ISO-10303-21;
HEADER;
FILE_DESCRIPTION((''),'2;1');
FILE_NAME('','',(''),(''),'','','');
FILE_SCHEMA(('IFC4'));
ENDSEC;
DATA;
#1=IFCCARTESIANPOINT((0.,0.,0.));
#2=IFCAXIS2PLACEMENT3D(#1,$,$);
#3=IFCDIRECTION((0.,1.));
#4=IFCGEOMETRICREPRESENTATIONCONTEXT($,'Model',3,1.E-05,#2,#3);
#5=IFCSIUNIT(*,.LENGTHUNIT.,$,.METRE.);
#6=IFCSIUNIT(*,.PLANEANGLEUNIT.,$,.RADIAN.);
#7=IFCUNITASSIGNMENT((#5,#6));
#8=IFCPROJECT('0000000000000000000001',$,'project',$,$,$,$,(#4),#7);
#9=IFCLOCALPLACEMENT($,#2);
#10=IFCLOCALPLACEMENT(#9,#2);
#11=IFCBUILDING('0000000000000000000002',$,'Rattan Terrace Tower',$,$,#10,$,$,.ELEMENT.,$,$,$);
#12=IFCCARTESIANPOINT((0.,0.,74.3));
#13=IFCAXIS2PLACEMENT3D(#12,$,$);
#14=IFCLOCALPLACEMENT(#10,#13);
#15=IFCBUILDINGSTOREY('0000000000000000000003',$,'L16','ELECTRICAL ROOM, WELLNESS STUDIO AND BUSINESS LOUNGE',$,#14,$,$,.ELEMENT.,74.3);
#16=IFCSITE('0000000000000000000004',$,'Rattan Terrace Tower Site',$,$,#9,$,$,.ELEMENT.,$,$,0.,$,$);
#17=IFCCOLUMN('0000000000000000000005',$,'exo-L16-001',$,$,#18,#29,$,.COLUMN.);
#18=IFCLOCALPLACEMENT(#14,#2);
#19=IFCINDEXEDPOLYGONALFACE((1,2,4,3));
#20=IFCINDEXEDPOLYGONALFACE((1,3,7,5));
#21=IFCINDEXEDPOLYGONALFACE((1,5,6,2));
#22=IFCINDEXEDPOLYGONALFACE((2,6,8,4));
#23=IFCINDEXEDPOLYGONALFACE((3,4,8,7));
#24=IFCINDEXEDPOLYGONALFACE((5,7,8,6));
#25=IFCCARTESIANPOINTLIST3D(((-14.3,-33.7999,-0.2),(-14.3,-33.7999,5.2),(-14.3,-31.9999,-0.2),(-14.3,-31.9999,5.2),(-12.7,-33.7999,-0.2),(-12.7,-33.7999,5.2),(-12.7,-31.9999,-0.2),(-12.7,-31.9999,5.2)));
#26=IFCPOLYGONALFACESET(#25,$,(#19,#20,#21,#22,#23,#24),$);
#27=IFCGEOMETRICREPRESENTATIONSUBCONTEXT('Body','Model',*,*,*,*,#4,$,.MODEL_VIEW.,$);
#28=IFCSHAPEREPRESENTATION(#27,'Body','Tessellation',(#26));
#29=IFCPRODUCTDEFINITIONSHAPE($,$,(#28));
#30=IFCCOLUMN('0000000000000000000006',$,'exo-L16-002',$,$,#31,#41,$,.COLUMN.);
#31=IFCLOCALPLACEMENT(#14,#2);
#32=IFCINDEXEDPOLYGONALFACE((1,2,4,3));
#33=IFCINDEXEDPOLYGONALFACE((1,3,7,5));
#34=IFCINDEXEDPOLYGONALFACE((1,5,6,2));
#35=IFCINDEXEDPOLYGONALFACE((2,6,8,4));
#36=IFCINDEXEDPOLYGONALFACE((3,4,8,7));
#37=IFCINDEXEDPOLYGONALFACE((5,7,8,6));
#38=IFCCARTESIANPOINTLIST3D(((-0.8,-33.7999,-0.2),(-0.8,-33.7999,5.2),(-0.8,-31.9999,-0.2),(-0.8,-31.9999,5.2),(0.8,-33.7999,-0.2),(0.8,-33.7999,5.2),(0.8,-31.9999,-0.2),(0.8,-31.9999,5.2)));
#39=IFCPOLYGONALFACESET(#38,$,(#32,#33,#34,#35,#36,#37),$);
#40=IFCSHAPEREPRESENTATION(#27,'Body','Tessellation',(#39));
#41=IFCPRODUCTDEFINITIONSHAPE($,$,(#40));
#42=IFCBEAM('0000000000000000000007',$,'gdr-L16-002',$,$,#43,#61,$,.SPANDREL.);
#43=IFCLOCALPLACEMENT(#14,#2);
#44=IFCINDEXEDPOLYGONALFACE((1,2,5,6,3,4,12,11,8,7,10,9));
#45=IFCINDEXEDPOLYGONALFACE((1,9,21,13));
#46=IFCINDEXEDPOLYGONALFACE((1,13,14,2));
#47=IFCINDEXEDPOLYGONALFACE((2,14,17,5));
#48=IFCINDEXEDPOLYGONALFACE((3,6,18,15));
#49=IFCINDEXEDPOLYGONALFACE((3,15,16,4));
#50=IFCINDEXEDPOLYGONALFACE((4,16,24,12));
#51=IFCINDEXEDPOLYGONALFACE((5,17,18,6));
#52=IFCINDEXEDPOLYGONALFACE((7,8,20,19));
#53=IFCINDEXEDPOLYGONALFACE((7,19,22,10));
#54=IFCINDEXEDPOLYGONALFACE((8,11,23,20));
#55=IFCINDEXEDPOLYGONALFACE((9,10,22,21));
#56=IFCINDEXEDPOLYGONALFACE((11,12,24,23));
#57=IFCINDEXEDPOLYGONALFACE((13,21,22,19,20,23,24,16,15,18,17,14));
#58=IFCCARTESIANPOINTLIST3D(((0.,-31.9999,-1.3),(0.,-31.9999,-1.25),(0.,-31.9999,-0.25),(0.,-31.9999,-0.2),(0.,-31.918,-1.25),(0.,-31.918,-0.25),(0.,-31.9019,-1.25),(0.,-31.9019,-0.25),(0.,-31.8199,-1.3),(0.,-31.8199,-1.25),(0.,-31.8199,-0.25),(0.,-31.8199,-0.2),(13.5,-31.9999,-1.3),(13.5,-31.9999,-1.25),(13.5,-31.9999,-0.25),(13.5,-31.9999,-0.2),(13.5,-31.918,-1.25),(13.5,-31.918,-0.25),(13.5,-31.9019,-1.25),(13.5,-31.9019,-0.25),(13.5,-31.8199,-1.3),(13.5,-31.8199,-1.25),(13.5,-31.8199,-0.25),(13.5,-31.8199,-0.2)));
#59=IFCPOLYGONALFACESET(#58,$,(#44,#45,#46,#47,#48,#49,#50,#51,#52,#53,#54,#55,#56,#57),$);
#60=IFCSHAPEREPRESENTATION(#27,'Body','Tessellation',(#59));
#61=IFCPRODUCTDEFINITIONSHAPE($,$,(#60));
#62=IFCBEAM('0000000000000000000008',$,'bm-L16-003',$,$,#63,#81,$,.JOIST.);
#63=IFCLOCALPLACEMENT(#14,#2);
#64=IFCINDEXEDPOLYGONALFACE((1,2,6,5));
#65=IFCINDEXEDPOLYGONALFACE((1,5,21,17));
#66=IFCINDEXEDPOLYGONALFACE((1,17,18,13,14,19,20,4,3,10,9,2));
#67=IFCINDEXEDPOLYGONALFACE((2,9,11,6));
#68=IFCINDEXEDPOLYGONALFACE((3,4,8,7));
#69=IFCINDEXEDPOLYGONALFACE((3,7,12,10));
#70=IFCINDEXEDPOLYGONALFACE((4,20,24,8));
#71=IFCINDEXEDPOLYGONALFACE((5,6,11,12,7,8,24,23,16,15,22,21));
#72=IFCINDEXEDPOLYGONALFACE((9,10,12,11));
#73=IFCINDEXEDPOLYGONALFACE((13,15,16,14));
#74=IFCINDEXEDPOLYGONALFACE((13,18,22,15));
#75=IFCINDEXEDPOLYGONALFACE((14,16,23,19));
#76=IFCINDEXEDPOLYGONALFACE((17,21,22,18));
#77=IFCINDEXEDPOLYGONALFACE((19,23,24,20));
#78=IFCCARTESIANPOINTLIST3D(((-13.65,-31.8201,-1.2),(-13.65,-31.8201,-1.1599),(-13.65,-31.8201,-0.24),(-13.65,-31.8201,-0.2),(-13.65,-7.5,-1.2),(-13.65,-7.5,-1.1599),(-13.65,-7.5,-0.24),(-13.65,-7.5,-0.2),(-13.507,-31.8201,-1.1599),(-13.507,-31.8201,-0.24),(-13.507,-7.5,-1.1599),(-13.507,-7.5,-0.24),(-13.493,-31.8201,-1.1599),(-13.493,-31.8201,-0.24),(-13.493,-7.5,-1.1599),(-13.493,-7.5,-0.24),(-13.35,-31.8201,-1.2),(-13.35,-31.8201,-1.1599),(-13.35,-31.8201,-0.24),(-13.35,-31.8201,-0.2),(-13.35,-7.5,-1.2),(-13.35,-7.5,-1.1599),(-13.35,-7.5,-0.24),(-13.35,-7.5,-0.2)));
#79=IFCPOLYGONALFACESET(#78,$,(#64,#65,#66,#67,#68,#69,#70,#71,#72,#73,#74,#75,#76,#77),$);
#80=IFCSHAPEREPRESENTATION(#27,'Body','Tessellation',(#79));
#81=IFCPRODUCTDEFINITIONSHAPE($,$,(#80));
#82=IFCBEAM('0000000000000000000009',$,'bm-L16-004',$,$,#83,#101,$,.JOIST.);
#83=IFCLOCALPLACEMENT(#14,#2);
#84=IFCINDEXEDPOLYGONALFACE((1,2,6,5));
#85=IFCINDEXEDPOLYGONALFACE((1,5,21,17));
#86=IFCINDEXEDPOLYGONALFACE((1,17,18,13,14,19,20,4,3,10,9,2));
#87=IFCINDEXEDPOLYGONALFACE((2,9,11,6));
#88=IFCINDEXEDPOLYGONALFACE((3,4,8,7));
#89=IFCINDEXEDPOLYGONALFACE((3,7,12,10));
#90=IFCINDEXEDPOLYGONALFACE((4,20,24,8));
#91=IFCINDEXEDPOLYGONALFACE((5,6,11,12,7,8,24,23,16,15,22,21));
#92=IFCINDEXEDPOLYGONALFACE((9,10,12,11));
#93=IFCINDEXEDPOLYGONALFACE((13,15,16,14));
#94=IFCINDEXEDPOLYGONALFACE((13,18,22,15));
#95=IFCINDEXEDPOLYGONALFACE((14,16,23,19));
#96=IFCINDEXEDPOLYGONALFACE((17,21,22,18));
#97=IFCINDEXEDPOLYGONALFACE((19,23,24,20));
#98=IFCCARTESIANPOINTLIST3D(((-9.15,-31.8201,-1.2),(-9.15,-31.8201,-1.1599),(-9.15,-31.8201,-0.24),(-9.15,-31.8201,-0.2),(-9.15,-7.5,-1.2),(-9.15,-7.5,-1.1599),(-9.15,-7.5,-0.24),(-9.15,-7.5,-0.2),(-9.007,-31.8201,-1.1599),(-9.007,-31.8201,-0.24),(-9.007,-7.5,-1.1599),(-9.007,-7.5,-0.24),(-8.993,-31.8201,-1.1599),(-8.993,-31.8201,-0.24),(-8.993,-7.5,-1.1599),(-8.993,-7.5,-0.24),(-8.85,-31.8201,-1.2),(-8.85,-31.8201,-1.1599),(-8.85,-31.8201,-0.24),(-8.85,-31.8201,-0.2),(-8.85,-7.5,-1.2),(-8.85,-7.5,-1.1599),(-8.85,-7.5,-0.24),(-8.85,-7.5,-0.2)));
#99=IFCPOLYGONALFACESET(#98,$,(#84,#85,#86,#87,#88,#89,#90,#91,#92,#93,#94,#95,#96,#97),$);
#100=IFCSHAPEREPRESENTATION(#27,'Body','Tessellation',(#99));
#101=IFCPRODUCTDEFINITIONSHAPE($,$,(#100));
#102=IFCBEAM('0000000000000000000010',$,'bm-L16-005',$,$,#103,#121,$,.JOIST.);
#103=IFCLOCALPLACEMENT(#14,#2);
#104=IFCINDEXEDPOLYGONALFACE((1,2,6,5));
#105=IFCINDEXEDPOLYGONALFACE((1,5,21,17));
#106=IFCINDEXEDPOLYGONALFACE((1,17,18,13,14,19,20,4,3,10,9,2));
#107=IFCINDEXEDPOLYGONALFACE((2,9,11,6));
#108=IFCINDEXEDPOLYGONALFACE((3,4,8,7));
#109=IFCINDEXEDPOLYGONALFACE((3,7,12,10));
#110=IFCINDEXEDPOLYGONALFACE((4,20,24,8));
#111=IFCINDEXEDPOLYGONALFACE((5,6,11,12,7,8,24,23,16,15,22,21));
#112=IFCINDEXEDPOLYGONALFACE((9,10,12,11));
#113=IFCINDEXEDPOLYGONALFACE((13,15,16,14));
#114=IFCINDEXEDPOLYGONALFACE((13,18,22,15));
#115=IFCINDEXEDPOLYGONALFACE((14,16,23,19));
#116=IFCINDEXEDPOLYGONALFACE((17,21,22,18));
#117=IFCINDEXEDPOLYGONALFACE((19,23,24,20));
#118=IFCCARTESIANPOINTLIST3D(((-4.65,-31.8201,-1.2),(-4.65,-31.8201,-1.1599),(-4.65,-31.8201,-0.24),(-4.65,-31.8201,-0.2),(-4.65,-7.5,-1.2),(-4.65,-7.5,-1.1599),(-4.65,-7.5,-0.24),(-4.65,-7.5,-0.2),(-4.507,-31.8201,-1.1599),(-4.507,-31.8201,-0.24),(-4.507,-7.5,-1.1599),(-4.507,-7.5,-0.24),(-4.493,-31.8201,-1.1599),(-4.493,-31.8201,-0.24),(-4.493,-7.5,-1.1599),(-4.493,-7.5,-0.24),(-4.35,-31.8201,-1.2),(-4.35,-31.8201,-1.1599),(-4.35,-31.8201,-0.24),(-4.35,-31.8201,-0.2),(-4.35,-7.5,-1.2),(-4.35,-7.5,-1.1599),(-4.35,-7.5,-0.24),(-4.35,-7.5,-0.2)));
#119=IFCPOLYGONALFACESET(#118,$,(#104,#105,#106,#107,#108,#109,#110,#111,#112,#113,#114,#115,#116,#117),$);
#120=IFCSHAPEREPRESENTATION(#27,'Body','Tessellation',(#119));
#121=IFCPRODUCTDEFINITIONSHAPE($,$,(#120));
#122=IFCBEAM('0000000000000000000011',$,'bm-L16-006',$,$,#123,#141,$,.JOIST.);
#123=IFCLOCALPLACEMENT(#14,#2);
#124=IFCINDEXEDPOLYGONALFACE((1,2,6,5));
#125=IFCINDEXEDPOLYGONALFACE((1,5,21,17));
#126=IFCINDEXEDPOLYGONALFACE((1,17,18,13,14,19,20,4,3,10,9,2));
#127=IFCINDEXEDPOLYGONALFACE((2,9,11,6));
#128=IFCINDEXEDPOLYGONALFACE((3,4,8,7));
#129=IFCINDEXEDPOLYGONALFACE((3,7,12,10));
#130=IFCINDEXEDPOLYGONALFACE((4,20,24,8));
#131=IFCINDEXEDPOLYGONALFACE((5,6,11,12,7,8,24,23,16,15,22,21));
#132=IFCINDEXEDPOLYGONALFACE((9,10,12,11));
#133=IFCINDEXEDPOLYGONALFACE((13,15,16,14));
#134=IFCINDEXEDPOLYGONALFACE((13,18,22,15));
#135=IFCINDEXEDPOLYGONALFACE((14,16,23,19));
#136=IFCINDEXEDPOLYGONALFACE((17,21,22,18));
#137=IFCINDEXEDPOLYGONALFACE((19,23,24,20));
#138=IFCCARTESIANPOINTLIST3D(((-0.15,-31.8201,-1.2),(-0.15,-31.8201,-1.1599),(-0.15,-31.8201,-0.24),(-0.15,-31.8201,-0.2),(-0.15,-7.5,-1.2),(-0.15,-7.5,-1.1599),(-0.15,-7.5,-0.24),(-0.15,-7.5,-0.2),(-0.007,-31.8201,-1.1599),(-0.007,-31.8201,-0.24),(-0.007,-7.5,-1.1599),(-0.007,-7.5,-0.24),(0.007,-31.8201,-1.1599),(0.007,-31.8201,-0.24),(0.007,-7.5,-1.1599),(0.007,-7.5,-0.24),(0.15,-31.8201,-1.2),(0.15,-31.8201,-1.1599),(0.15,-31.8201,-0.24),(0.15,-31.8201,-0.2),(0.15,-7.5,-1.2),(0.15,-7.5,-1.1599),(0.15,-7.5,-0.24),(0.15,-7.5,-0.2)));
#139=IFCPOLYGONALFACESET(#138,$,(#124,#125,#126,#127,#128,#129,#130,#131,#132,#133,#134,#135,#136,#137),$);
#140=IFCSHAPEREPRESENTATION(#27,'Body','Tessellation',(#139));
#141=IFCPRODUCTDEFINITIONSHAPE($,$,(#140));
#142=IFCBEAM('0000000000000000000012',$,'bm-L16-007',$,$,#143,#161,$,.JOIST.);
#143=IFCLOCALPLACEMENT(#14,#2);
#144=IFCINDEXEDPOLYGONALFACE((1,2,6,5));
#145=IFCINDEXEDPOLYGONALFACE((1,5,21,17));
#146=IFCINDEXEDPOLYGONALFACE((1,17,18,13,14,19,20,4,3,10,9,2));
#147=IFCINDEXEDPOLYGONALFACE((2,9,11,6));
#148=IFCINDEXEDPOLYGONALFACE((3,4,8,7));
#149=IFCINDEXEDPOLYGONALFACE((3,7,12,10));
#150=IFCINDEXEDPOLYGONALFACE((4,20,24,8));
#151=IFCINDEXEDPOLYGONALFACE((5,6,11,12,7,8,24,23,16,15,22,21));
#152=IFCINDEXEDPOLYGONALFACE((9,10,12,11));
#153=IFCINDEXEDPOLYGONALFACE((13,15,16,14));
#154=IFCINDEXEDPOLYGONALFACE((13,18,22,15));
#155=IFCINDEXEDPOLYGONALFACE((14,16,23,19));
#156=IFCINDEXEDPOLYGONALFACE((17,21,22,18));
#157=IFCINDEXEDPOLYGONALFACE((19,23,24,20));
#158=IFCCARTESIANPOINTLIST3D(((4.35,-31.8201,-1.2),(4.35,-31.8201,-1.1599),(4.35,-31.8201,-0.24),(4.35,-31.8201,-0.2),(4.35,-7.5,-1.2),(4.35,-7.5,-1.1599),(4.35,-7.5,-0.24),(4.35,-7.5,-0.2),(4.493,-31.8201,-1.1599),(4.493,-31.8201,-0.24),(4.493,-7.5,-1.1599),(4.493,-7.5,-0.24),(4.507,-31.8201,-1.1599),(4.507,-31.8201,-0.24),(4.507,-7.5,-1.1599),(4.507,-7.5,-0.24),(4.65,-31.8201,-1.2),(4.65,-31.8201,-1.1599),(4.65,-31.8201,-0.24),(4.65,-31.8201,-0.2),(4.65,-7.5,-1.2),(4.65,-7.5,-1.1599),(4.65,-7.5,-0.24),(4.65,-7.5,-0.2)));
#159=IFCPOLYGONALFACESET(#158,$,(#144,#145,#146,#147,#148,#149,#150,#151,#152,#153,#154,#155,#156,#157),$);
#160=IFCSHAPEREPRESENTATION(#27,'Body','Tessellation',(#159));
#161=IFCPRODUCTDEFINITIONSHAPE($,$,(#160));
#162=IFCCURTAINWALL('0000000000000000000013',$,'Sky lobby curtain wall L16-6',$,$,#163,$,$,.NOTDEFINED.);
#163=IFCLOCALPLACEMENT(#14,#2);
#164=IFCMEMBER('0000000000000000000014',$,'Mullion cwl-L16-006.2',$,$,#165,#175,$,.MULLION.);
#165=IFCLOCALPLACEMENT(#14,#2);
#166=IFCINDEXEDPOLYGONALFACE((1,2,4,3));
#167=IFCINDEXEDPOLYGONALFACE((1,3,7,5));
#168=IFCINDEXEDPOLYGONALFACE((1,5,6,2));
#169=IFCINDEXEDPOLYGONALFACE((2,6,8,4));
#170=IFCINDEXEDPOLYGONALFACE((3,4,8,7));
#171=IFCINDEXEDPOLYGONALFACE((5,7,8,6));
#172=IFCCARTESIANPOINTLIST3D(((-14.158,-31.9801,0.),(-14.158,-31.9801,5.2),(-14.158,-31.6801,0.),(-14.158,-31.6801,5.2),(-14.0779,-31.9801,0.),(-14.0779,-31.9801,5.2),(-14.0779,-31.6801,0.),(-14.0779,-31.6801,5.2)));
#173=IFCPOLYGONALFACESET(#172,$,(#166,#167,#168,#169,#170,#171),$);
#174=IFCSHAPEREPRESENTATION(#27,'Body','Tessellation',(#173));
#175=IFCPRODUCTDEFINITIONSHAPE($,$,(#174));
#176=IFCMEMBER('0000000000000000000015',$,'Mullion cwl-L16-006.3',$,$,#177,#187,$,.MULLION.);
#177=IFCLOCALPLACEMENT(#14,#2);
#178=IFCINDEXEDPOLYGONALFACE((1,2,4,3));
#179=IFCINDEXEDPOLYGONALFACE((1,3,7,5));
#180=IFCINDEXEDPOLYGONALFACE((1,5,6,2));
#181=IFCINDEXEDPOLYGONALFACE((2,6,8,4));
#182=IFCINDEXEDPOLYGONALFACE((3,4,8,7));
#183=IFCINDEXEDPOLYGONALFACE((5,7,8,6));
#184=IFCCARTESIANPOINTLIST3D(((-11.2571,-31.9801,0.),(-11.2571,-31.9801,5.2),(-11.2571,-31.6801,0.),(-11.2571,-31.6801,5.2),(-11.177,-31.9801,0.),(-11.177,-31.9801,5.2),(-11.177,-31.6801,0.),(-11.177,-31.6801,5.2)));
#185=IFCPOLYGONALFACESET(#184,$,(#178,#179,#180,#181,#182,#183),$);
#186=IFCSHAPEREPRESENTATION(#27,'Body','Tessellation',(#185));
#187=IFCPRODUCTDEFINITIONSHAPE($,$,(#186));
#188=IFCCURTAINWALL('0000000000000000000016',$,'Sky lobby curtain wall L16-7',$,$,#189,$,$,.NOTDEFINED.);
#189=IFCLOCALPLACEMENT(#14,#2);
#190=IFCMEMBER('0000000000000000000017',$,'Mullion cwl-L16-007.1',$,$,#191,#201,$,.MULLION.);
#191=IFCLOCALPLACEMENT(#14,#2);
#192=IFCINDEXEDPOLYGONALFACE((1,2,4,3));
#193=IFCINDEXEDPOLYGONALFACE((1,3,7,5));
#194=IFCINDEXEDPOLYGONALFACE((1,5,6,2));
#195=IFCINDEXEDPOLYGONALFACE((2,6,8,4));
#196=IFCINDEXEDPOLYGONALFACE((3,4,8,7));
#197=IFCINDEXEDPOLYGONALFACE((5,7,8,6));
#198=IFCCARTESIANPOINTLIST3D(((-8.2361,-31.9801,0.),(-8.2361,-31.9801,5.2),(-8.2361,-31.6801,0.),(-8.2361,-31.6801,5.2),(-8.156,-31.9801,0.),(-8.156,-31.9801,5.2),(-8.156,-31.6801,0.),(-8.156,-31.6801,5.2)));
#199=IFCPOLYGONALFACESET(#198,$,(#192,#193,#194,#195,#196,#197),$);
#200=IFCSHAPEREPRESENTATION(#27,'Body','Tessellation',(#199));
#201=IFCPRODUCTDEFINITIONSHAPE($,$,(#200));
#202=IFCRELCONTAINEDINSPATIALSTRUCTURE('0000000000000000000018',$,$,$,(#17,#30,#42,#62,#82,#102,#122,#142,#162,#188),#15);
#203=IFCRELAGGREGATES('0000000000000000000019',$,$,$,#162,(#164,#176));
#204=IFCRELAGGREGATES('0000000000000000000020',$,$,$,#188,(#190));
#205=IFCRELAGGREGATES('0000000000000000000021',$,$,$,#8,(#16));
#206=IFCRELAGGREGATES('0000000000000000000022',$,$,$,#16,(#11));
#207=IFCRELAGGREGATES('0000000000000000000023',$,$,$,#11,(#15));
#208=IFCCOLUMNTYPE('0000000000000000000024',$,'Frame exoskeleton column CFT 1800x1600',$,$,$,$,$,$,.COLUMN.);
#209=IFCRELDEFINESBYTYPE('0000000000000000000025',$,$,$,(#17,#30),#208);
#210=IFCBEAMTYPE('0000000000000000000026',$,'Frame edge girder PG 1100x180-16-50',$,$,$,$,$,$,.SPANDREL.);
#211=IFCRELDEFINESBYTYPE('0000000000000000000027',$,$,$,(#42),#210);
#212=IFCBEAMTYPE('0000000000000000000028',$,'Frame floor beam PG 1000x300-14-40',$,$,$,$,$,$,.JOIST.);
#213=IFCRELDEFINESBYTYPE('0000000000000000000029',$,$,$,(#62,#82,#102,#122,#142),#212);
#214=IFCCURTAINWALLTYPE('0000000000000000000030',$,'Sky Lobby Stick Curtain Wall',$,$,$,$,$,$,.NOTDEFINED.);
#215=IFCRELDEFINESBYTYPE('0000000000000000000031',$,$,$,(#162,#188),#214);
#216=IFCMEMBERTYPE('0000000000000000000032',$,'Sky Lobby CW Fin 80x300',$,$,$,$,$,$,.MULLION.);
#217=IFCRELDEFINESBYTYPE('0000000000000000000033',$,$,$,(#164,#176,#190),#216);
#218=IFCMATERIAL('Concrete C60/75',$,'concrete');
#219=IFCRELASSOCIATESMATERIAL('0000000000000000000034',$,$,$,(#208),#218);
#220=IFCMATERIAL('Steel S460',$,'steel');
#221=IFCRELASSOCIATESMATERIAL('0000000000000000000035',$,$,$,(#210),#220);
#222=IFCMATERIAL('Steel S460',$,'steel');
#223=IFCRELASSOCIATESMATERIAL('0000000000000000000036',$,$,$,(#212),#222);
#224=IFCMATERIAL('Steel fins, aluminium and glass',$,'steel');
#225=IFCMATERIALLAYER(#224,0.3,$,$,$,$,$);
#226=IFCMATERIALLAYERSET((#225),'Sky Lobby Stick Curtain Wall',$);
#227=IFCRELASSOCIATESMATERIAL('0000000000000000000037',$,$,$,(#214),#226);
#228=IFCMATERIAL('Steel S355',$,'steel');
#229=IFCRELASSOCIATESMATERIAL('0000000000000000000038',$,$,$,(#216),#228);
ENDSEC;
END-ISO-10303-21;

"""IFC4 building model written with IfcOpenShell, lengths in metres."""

from ifc_helpers import new_model, si_unit, direction, frame, origin, origin_2d, place, context, subcontext, project, spatial, rectangle, i_section, extrude, material, layer, layer_set, material_profile, profile_set, type_object, element, aggregate, save


model = new_model("IFC4")

# Units and contexts
model_context = context("Model", 3, precision=1e-05, world=origin(), true_north=direction((0.0, 1.0)))
body_context = subcontext(model_context, "Body", "Model", "MODEL_VIEW")
ifc_project = project(units=[si_unit("LENGTHUNIT", "METRE"), si_unit("PLANEANGLEUNIT", "RADIAN")], contexts=[model_context])

# Site, building, storey
site_placement = place(None, origin())
site = spatial("IfcSite", under=ifc_project, at=site_placement, Name="Rattan Terrace Tower Site", CompositionType="ELEMENT", RefElevation=0.0)
building_placement = place(site_placement, origin())
building = spatial("IfcBuilding", under=site, at=building_placement, Name="Rattan Terrace Tower", CompositionType="ELEMENT")
storey_placement = place(building_placement, frame((0.0, 0.0, 74.3)))
storey = spatial("IfcBuildingStorey", under=building, at=storey_placement, Name="L16", Description="ELECTRICAL ROOM, WELLNESS STUDIO AND BUSINESS LOUNGE", CompositionType="ELEMENT", Elevation=74.3)

# Columns
ifc_material_1 = material(Name="Concrete C60/75", Category="concrete")
ifc_material_profile_1 = material_profile(ifc_material_1, rectangle(XDim=1.6001, YDim=1.8, at=origin_2d()), Name="CFT 1800x1600")
ifc_profile_set_1 = profile_set([ifc_material_profile_1], Name="Concrete C60/75")
column_type = type_object("IfcColumnType", Name="Frame exoskeleton column CFT 1800x1600", PredefinedType="COLUMN", material=ifc_profile_set_1)
for number, where, z_axis, x_axis, name in (
    (1, (-13.5, -32.8999, -0.2), (0.0, 0.0, 1.0), (1.0, 0.0, 0.0), "exo-L16-001"),
    (2, (0.0, -32.8999, -0.2), (0.0, 0.0, 1.0), (1.0, 0.0, 0.0), "exo-L16-002"),
):
    element("IfcColumn", number, at=place(storey_placement, frame(where, z_axis=z_axis, x_axis=x_axis)), inside=storey, type_object=column_type, Name=name, PredefinedType="COLUMN", context=body_context, shape_type="SweptSolid", body=[
        extrude(rectangle(XDim=1.6001, YDim=1.8, at=origin_2d()), origin(), (0.0, 0.0, 1.0), 5.3999),
    ])

# Beams
ifc_material_2 = material(Name="Steel S460", Category="steel")
ifc_material_profile_2 = material_profile(ifc_material_2, i_section(OverallWidth=0.1799, OverallDepth=1.1001, WebThickness=0.0161, FlangeThickness=0.05, at=origin_2d()), Name="PG 1100x180-16-50")
ifc_profile_set_2 = profile_set([ifc_material_profile_2], Name="Steel S460")
beam_type_1 = type_object("IfcBeamType", Name="Frame edge girder PG 1100x180-16-50", PredefinedType="SPANDREL", material=ifc_profile_set_2)
beam_placement = place(storey_placement, frame((0.0, -31.9099, -0.75), z_axis=(1.0, 0.0, 0.0), x_axis=(0.0, 1.0, 0.0)))
element("IfcBeam", 3, at=beam_placement, inside=storey, type_object=beam_type_1, Name="gdr-L16-002", PredefinedType="SPANDREL", context=body_context, shape_type="SweptSolid", body=[
    extrude(i_section(OverallWidth=0.1799, OverallDepth=1.1001, WebThickness=0.0161, FlangeThickness=0.05, at=origin_2d()), origin(), (0.0, 0.0, 1.0), 13.5),
])
ifc_material_3 = material(Name="Steel S460", Category="steel")
ifc_material_profile_3 = material_profile(ifc_material_3, i_section(OverallWidth=0.3, OverallDepth=1.0, WebThickness=0.0139, FlangeThickness=0.04, at=origin_2d()), Name="PG 1000x300-14-40")
ifc_profile_set_3 = profile_set([ifc_material_profile_3], Name="Steel S460")
beam_type_2 = type_object("IfcBeamType", Name="Frame floor beam PG 1000x300-14-40", PredefinedType="JOIST", material=ifc_profile_set_3)
for number, where, z_axis, x_axis, name in (
    (4, (-13.5, -31.8201, -0.7), (0.0, 1.0, 0.0), (-1.0, 0.0, 0.0), "bm-L16-003"),
    (5, (-9.0, -31.8201, -0.7), (0.0, 1.0, 0.0), (-1.0, 0.0, 0.0), "bm-L16-004"),
    (6, (-4.5, -31.8201, -0.7), (0.0, 1.0, 0.0), (-1.0, 0.0, 0.0), "bm-L16-005"),
    (7, (0.0, -31.8201, -0.7), (0.0, 1.0, 0.0), (-1.0, 0.0, 0.0), "bm-L16-006"),
    (8, (4.5, -31.8201, -0.7), (0.0, 1.0, 0.0), (-1.0, 0.0, 0.0), "bm-L16-007"),
):
    element("IfcBeam", number, at=place(storey_placement, frame(where, z_axis=z_axis, x_axis=x_axis)), inside=storey, type_object=beam_type_2, Name=name, PredefinedType="JOIST", context=body_context, shape_type="SweptSolid", body=[
        extrude(i_section(OverallWidth=0.3, OverallDepth=1.0, WebThickness=0.0139, FlangeThickness=0.04, at=origin_2d()), origin(), (0.0, 0.0, 1.0), 24.3201),
    ])

# Curtain walls, members
ifc_material_4 = material(Name="Steel fins, aluminium and glass", Category="steel")
ifc_layer_1 = layer(ifc_material_4, 0.3)
ifc_layer_set_1 = layer_set([ifc_layer_1], Name="Sky Lobby Stick Curtain Wall")
curtain_wall_type = type_object("IfcCurtainWallType", Name="Sky Lobby Stick Curtain Wall", PredefinedType="NOTDEFINED", material=ifc_layer_set_1)
curtain_wall_1_placement = place(storey_placement, origin())
curtain_wall_1 = element("IfcCurtainWall", 9, at=curtain_wall_1_placement, inside=storey, type_object=curtain_wall_type, Name="Sky lobby curtain wall L16-6", PredefinedType="NOTDEFINED")
ifc_material_5 = material(Name="Steel S355", Category="steel")
ifc_material_profile_4 = material_profile(ifc_material_5, rectangle(XDim=0.0801, YDim=0.3, at=origin_2d()), Name="Steel S355 80x300")
ifc_profile_set_4 = profile_set([ifc_material_profile_4], Name="Steel S355")
member_type_1 = type_object("IfcMemberType", Name="Sky Lobby CW Fin 80x300", PredefinedType="MULLION", material=ifc_profile_set_4)
member_1_placement = place(storey_placement, frame((-14.1179, -31.8301, 0.0), z_axis=(0.0, 0.0, 1.0), x_axis=(1.0, 0.0, 0.0)))
member_1 = element("IfcMember", 10, at=member_1_placement, type_object=member_type_1, Name="Mullion cwl-L16-006.2", PredefinedType="MULLION", context=body_context, shape_type="SweptSolid", body=[
    extrude(rectangle(XDim=0.0801, YDim=0.3, at=origin_2d()), origin(), (0.0, 0.0, 1.0), 5.2),
])
member_2_placement = place(storey_placement, frame((-11.217, -31.8301, 0.0), z_axis=(0.0, 0.0, 1.0), x_axis=(1.0, 0.0, 0.0)))
member_2 = element("IfcMember", 11, at=member_2_placement, type_object=member_type_1, Name="Mullion cwl-L16-006.3", PredefinedType="MULLION", context=body_context, shape_type="SweptSolid", body=[
    extrude(rectangle(XDim=0.0801, YDim=0.3, at=origin_2d()), origin(), (0.0, 0.0, 1.0), 5.2),
])
curtain_wall_2_placement = place(storey_placement, origin())
curtain_wall_2 = element("IfcCurtainWall", 12, at=curtain_wall_2_placement, inside=storey, type_object=curtain_wall_type, Name="Sky lobby curtain wall L16-7", PredefinedType="NOTDEFINED")
member_3_placement = place(storey_placement, frame((-8.196, -31.8301, 0.0), z_axis=(0.0, 0.0, 1.0), x_axis=(1.0, 0.0, 0.0)))
member_3 = element("IfcMember", 13, at=member_3_placement, type_object=member_type_1, Name="Mullion cwl-L16-007.1", PredefinedType="MULLION", context=body_context, shape_type="SweptSolid", body=[
    extrude(rectangle(XDim=0.0801, YDim=0.3, at=origin_2d()), origin(), (0.0, 0.0, 1.0), 5.2),
])

aggregate(curtain_wall_1, [member_1, member_2])
aggregate(curtain_wall_2, [member_3])

save(model, "model.ifc")
